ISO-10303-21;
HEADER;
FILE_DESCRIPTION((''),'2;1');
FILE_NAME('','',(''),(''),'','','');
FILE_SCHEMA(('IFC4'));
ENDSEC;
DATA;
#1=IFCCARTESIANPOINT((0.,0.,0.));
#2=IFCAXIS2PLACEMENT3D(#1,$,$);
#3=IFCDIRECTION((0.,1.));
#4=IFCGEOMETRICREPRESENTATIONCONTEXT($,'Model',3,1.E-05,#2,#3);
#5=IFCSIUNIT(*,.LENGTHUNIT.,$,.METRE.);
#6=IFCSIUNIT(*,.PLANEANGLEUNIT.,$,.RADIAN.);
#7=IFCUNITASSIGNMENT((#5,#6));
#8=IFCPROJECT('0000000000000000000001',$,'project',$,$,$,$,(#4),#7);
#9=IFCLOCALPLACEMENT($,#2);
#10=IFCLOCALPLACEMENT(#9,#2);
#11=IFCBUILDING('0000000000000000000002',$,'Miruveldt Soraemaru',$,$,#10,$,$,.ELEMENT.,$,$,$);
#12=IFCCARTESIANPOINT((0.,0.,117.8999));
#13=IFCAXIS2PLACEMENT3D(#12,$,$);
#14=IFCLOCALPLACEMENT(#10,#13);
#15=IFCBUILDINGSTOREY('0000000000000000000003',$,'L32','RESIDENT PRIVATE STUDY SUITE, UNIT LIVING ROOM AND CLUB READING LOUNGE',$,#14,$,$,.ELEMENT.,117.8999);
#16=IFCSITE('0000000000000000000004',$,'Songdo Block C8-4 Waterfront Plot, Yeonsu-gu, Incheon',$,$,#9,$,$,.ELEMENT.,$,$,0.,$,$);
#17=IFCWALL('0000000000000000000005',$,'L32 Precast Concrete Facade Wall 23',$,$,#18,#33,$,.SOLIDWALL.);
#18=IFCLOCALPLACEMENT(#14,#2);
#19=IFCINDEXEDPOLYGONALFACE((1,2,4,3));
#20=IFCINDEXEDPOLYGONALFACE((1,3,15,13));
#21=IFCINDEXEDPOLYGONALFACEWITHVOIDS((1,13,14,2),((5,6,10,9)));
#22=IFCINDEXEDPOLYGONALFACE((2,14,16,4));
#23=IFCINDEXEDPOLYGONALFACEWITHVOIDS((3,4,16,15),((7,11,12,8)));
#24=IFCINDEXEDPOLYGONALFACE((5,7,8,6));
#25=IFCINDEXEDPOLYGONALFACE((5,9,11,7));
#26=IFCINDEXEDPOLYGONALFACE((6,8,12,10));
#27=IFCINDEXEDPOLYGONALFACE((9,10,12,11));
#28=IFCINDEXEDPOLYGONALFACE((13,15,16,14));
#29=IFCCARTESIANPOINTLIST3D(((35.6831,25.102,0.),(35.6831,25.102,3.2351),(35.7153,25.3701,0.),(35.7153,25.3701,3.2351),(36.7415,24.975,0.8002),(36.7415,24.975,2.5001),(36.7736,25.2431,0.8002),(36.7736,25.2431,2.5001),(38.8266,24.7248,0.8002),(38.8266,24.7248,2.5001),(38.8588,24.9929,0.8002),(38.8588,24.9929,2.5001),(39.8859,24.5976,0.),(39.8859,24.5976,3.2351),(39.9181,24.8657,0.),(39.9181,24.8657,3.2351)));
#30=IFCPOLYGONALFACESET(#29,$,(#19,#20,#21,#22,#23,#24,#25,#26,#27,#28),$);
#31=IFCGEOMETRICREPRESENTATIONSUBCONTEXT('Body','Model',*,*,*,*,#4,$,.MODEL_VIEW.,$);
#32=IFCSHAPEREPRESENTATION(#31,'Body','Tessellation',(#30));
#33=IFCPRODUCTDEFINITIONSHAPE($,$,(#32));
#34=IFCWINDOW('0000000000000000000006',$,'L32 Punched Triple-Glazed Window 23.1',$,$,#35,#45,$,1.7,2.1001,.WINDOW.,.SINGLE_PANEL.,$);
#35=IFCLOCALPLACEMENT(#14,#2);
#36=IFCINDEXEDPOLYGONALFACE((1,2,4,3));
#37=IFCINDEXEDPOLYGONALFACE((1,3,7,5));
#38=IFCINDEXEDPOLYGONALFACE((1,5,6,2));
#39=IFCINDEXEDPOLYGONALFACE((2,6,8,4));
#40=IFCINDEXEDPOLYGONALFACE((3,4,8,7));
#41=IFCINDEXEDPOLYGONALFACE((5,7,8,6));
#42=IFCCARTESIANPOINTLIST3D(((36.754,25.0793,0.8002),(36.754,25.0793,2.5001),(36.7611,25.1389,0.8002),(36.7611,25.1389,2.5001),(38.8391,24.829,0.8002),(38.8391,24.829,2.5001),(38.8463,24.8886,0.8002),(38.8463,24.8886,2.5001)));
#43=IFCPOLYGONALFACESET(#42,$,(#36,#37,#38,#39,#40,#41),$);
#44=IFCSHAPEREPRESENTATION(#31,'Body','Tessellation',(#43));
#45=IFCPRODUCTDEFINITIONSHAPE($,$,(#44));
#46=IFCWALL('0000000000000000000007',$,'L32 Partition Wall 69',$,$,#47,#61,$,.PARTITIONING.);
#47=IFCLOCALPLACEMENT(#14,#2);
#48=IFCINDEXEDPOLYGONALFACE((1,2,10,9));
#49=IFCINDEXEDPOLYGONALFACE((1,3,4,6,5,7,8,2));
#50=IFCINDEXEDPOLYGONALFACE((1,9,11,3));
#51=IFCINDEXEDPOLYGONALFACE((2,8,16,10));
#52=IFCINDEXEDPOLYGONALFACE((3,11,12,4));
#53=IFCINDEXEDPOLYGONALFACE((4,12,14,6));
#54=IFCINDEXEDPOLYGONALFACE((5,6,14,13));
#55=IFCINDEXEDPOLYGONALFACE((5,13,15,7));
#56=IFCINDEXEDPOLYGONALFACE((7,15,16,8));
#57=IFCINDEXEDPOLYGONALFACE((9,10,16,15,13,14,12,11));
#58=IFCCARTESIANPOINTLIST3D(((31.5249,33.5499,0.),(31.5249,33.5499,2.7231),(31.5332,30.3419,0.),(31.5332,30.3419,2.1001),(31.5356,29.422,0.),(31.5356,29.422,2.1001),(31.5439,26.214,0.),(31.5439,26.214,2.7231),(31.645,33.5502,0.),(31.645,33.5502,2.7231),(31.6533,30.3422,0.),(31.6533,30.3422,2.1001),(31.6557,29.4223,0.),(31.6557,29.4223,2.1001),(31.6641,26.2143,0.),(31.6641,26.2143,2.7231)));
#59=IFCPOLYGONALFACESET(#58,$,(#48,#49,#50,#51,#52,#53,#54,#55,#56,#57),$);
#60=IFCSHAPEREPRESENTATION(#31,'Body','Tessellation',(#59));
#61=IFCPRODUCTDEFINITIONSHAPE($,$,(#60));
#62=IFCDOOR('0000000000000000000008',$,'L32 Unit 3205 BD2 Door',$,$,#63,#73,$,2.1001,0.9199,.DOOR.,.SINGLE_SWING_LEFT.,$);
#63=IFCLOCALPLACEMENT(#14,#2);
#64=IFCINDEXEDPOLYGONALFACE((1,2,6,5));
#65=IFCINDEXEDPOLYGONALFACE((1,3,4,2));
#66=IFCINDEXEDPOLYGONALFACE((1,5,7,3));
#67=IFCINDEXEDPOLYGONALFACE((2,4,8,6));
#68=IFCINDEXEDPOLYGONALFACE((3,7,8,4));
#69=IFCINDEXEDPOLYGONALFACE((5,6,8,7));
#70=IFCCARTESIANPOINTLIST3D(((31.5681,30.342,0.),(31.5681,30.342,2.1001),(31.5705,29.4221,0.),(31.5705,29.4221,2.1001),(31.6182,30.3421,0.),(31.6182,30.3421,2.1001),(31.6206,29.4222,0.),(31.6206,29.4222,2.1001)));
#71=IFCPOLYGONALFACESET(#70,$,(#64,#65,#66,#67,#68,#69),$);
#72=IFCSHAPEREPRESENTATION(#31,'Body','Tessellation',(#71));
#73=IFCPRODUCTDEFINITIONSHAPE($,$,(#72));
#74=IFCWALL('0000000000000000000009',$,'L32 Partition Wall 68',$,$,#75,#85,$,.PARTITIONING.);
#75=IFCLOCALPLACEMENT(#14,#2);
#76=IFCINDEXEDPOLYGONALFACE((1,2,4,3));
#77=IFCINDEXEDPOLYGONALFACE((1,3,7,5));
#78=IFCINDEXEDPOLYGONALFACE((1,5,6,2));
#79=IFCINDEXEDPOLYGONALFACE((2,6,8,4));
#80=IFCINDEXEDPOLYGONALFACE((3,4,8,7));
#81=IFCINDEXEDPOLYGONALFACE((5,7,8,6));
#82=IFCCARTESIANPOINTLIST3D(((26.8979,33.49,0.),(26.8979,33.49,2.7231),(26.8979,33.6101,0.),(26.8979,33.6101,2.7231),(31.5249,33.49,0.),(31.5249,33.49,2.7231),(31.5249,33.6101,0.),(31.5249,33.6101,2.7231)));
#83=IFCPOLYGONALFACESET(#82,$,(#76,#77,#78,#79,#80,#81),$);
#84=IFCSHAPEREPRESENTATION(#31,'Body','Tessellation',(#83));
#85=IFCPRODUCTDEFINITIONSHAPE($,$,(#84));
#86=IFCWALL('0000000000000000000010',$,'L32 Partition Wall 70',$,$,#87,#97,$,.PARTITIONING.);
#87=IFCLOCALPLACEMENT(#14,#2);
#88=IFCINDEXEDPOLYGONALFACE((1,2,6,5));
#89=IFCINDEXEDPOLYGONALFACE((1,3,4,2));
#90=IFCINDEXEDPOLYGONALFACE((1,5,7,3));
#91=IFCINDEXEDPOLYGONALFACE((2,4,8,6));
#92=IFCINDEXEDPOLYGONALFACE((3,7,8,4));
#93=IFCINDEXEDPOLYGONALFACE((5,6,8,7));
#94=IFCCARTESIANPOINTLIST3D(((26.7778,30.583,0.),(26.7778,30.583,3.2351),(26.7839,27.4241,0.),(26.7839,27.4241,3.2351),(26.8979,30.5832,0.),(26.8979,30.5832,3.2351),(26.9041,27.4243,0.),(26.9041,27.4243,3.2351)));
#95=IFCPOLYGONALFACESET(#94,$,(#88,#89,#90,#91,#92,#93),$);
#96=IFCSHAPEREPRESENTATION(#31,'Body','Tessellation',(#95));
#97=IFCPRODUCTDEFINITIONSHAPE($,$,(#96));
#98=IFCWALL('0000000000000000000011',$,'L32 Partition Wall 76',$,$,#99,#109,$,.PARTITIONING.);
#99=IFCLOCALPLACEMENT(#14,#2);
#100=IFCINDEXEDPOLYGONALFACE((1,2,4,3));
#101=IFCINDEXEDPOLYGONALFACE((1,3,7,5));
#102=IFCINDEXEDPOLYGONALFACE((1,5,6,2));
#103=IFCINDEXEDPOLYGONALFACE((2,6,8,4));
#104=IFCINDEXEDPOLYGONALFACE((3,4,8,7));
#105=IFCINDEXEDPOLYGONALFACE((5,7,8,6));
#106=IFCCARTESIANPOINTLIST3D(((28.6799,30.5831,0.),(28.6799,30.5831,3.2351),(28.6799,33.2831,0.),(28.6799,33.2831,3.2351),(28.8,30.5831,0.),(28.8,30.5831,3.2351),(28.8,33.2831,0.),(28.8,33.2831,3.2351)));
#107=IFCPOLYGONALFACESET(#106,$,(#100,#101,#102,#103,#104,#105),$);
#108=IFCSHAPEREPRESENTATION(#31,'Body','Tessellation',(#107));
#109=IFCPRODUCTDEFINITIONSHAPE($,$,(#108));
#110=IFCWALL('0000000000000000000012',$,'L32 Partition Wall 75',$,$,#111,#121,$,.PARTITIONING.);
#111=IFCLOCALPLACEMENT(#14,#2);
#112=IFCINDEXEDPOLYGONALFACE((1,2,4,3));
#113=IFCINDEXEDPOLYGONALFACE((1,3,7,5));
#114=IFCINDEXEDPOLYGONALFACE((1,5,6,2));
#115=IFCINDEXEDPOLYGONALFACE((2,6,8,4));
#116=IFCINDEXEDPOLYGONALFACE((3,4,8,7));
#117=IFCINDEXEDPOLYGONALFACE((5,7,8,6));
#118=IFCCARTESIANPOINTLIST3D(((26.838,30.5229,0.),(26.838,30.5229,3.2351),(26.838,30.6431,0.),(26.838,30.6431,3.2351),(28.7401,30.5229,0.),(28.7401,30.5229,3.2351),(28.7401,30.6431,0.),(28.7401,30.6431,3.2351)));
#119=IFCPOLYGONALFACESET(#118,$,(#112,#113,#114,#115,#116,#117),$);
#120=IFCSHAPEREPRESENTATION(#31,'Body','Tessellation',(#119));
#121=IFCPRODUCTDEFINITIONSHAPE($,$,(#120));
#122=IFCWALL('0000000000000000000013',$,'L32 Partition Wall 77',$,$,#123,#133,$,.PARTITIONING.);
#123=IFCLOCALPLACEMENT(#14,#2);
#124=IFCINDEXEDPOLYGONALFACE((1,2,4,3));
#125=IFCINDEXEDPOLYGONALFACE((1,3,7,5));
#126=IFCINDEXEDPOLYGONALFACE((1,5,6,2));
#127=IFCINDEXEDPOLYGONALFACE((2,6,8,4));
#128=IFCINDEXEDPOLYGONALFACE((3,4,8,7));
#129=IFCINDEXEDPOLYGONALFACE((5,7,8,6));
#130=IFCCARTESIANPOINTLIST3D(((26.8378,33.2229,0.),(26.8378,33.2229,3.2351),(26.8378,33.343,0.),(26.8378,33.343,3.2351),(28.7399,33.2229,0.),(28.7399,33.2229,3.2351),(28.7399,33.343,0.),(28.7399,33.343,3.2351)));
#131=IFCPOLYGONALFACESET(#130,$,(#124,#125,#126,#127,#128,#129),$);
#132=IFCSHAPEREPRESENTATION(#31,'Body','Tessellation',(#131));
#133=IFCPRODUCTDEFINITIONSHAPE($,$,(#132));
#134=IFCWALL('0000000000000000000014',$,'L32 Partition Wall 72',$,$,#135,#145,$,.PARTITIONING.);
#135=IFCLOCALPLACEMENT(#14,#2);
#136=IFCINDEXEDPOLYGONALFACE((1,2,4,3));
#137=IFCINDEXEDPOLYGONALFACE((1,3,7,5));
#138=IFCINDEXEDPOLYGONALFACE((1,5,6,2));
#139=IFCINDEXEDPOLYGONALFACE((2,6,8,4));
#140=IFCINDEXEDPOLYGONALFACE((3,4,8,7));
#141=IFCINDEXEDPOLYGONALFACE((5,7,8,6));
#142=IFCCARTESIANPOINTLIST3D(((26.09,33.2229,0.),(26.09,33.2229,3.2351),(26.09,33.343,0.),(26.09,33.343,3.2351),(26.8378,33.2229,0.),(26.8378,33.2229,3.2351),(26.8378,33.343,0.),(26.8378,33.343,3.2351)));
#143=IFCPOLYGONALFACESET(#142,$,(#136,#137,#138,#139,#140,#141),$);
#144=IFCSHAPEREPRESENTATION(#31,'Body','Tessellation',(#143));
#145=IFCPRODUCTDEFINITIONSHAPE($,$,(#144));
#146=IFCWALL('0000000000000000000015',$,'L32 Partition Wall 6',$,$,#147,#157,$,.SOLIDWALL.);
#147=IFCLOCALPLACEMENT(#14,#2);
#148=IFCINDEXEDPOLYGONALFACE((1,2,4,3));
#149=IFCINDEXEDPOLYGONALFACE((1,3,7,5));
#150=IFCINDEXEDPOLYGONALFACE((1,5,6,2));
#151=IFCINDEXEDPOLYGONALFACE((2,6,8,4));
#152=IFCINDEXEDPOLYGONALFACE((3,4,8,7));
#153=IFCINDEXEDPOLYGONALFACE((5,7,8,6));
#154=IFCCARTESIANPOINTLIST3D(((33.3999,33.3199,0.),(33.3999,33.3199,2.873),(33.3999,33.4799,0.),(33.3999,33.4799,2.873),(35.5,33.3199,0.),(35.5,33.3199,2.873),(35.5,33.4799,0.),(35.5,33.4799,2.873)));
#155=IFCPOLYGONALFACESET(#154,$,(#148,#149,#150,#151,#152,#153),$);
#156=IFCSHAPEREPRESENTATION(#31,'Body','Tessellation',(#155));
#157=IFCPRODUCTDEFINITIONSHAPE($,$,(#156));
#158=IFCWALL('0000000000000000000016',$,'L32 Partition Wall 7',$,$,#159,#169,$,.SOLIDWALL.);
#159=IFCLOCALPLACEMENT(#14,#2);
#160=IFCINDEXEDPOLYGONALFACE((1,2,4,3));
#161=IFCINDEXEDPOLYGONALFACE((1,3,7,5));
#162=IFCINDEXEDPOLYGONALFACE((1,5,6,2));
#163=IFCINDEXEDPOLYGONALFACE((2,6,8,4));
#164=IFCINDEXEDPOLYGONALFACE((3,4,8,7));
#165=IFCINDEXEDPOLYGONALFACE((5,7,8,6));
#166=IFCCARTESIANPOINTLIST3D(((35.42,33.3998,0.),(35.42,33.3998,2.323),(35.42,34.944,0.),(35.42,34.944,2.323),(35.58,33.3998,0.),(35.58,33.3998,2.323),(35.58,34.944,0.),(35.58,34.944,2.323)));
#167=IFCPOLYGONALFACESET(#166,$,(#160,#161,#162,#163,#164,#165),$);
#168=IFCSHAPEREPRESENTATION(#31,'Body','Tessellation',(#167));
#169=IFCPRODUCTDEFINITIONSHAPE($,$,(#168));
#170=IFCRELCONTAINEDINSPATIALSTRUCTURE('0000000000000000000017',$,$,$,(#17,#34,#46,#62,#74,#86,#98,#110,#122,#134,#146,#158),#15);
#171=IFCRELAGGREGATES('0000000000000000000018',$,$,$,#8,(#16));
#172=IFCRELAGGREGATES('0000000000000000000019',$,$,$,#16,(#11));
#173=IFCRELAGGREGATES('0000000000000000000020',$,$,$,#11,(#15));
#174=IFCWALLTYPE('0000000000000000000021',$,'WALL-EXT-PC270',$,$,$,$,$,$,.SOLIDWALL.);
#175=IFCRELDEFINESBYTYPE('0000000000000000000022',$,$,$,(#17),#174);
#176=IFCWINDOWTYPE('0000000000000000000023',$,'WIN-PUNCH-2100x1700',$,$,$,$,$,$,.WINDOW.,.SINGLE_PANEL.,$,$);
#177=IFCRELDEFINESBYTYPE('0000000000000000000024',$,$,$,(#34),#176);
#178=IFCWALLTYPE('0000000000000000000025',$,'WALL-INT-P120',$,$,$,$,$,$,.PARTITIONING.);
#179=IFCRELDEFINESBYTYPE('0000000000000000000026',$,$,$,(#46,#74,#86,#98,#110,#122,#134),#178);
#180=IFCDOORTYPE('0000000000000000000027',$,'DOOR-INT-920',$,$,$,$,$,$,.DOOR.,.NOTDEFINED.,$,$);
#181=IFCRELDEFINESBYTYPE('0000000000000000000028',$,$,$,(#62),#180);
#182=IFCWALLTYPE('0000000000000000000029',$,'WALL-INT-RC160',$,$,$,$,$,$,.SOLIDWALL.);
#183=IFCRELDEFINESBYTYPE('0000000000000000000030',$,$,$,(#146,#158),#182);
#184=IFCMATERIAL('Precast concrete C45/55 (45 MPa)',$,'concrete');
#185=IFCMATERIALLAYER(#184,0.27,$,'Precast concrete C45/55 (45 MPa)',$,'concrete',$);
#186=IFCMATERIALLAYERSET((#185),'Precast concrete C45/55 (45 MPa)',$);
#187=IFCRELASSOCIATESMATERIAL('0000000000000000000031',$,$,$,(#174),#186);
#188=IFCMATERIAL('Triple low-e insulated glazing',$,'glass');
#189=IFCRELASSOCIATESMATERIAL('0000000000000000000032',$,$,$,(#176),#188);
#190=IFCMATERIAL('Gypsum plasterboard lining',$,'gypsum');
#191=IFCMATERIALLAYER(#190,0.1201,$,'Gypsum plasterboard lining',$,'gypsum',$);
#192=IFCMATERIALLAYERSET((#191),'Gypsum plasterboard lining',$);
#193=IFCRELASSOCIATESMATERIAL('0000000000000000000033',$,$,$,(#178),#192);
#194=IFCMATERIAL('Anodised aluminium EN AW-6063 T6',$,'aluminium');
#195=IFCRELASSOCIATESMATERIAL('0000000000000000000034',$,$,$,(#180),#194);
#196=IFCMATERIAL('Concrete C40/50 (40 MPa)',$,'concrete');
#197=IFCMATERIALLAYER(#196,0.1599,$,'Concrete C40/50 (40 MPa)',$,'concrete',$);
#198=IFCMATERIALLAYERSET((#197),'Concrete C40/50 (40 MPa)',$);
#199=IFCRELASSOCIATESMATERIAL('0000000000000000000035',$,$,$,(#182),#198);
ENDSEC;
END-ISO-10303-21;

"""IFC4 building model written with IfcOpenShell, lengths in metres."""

from ifc_helpers import new_model, si_unit, direction, frame, frame_2d, origin, place, context, subcontext, project, spatial, rectangle, extrude, material, layer, layer_set, type_object, element, fill, save


model = new_model("IFC4")

# Units and contexts
model_context = context("Model", 3, precision=1e-05, world=origin(), true_north=direction((0.0, 1.0)))
body_context = subcontext(model_context, "Body", "Model", "MODEL_VIEW")
ifc_project = project(units=[si_unit("LENGTHUNIT", "METRE"), si_unit("PLANEANGLEUNIT", "RADIAN")], contexts=[model_context])

# Site, building, storey
site_placement = place(None, origin())
site = spatial("IfcSite", under=ifc_project, at=site_placement, Name="Songdo Block C8-4 Waterfront Plot, Yeonsu-gu, Incheon", CompositionType="ELEMENT", RefElevation=0.0)
building_placement = place(site_placement, origin())
building = spatial("IfcBuilding", under=site, at=building_placement, Name="Miruveldt Soraemaru", CompositionType="ELEMENT")
storey_placement = place(building_placement, frame((0.0, 0.0, 117.8999)))
storey = spatial("IfcBuildingStorey", under=building, at=storey_placement, Name="L32", Description="RESIDENT PRIVATE STUDY SUITE, UNIT LIVING ROOM AND CLUB READING LOUNGE", CompositionType="ELEMENT", Elevation=117.8999)

# Shared definitions
ifc_material_1 = material(Name="Anodised aluminium EN AW-6063 T6", Category="aluminium")

# Wall, opening, window
ifc_material_2 = material(Name="Precast concrete C45/55 (45 MPa)", Category="concrete")
ifc_layer_1 = layer(ifc_material_2, 0.27, Name="Precast concrete C45/55 (45 MPa)", Category="concrete")
ifc_layer_set_1 = layer_set([ifc_layer_1], Name="Precast concrete C45/55 (45 MPa)")
wall_type_1 = type_object("IfcWallType", Name="WALL-EXT-PC270", PredefinedType="SOLIDWALL", material=ifc_layer_set_1)
ifc_material_3 = material(Name="Triple low-e insulated glazing", Category="glass")
window_type = type_object("IfcWindowType", Name="WIN-PUNCH-2100x1700", PartitioningType="SINGLE_PANEL", PredefinedType="WINDOW", material=ifc_material_3)
wall_1_placement = place(storey_placement, frame((35.6992, 25.2361, 0.0), z_axis=(0.0, 0.0, 1.0), x_axis=(0.992875, -0.119163, 0.0)))
wall_1 = element("IfcWall", 1, at=wall_1_placement, inside=storey, type_object=wall_type_1, Name="L32 Precast Concrete Facade Wall 23", PredefinedType="SOLIDWALL", context=body_context, shape_type="SweptSolid", body=[
    extrude(rectangle(XDim=4.2329, YDim=0.27, at=frame_2d((2.1165, 0.0))), origin(), (0.0, 0.0, 1.0), 3.2351),
])
opening_1_placement = place(wall_1_placement, frame((1.0659, 0.0, 0.8)))
opening_1 = element("IfcOpeningElement", 2, at=opening_1_placement, cuts=wall_1, PredefinedType="OPENING", context=body_context, shape_type="SweptSolid", body=[
    extrude(rectangle(XDim=2.1001, YDim=1.7, at=frame_2d((1.05, 0.8501))), frame((0.0, 0.145, 0.0), z_axis=(0.0, -1.0, 0.0), x_axis=(1.0, 0.0, 0.0)), (0.0, 0.0, 1.0), 0.29),
])
window_1_placement = place(opening_1_placement, origin())
window_1 = element("IfcWindow", 3, at=window_1_placement, inside=storey, type_object=window_type, Name="L32 Punched Triple-Glazed Window 23.1", OverallHeight=1.7, OverallWidth=2.1001, PartitioningType="SINGLE_PANEL", PredefinedType="WINDOW", context=body_context, shape_type="SweptSolid", body=[
    extrude(rectangle(XDim=2.1001, YDim=1.7, at=frame_2d((1.05, 0.8501))), frame((0.0, 0.03, 0.0), z_axis=(0.0, -1.0, 0.0), x_axis=(1.0, 0.0, 0.0)), (0.0, 0.0, 1.0), 0.0601),
])
fill(opening_1, window_1)

# Wall, opening, door
ifc_material_4 = material(Name="Gypsum plasterboard lining", Category="gypsum")
ifc_layer_2 = layer(ifc_material_4, 0.1201, Name="Gypsum plasterboard lining", Category="gypsum")
ifc_layer_set_2 = layer_set([ifc_layer_2], Name="Gypsum plasterboard lining")
wall_type_2 = type_object("IfcWallType", Name="WALL-INT-P120", PredefinedType="PARTITIONING", material=ifc_layer_set_2)
wall_2_placement = place(storey_placement, frame((31.585, 33.55, 0.0), z_axis=(0.0, 0.0, 1.0), x_axis=(0.002596, -0.999997, 0.0)))
wall_2 = element("IfcWall", 4, at=wall_2_placement, inside=storey, type_object=wall_type_2, Name="L32 Partition Wall 69", PredefinedType="PARTITIONING", context=body_context, shape_type="SweptSolid", body=[
    extrude(rectangle(XDim=7.3359, YDim=0.1201, at=frame_2d((3.668, 0.0))), origin(), (0.0, 0.0, 1.0), 2.7231),
])
opening_2_placement = place(wall_2_placement, frame((3.208, 0.0, 0.0)))
opening_2 = element("IfcOpeningElement", 5, at=opening_2_placement, cuts=wall_2, PredefinedType="OPENING", context=body_context, shape_type="SweptSolid", body=[
    extrude(rectangle(XDim=0.9199, YDim=2.1001, at=frame_2d((0.46, 1.05))), frame((0.0, 0.0701, 0.0), z_axis=(0.0, -1.0, 0.0), x_axis=(1.0, 0.0, 0.0)), (0.0, 0.0, 1.0), 0.1401),
])
door_type = type_object("IfcDoorType", Name="DOOR-INT-920", OperationType="NOTDEFINED", PredefinedType="DOOR", material=ifc_material_1)
door_placement = place(opening_2_placement, origin())
door = element("IfcDoor", 6, at=door_placement, inside=storey, type_object=door_type, Name="L32 Unit 3205 BD2 Door", OperationType="SINGLE_SWING_LEFT", OverallHeight=2.1001, OverallWidth=0.9199, PredefinedType="DOOR", context=body_context, shape_type="SweptSolid", body=[
    extrude(rectangle(XDim=0.9199, YDim=2.1001, at=frame_2d((0.46, 1.05))), frame((0.0, 0.0249, 0.0), z_axis=(0.0, -1.0, 0.0), x_axis=(1.0, 0.0, 0.0)), (0.0, 0.0, 1.0), 0.05),
])
fill(opening_2, door)

# Walls
wall_3_placement = place(storey_placement, frame((26.8979, 33.55, 0.0), z_axis=(0.0, 0.0, 1.0), x_axis=(1.0, 0.0, 0.0)))
element("IfcWall", 7, at=wall_3_placement, inside=storey, type_object=wall_type_2, Name="L32 Partition Wall 68", PredefinedType="PARTITIONING", context=body_context, shape_type="SweptSolid", body=[
    extrude(rectangle(XDim=4.627, YDim=0.1201, at=frame_2d((2.3135, 0.0))), origin(), (0.0, 0.0, 1.0), 2.7231),
])
wall_4_placement = place(storey_placement, frame((26.844, 27.4241, 0.0), z_axis=(0.0, 0.0, 1.0), x_axis=(-0.001932, 0.999998, 0.0)))
element("IfcWall", 8, at=wall_4_placement, inside=storey, type_object=wall_type_2, Name="L32 Partition Wall 70", PredefinedType="PARTITIONING", context=body_context, shape_type="SweptSolid", body=[
    extrude(rectangle(XDim=3.1589, YDim=0.1201, at=frame_2d((1.5796, 0.0))), origin(), (0.0, 0.0, 1.0), 3.2351),
])
wall_5_placement = place(storey_placement, frame((28.74, 30.583, 0.0), z_axis=(0.0, 0.0, 1.0), x_axis=(0.0, 1.0, 0.0)))
element("IfcWall", 9, at=wall_5_placement, inside=storey, type_object=wall_type_2, Name="L32 Partition Wall 76", PredefinedType="PARTITIONING", context=body_context, shape_type="SweptSolid", body=[
    extrude(rectangle(XDim=2.7, YDim=0.1201, at=frame_2d((1.3501, 0.0))), origin(), (0.0, 0.0, 1.0), 3.2351),
])
for number, where, z_axis, x_axis, name in (
    (10, (26.8379, 30.583, 0.0), (0.0, 0.0, 1.0), (1.0, 0.0, 0.0), "L32 Partition Wall 75"),
    (11, (28.74, 33.283, 0.0), (0.0, 0.0, 1.0), (-1.0, 0.0, 0.0), "L32 Partition Wall 77"),
):
    element("IfcWall", number, at=place(storey_placement, frame(where, z_axis=z_axis, x_axis=x_axis)), inside=storey, type_object=wall_type_2, Name=name, PredefinedType="PARTITIONING", context=body_context, shape_type="SweptSolid", body=[
        extrude(rectangle(XDim=1.9021, YDim=0.1201, at=frame_2d((0.9512, 0.0))), origin(), (0.0, 0.0, 1.0), 3.2351),
    ])
wall_6_placement = place(storey_placement, frame((26.8379, 33.283, 0.0), z_axis=(0.0, 0.0, 1.0), x_axis=(-1.0, 0.0, 0.0)))
element("IfcWall", 12, at=wall_6_placement, inside=storey, type_object=wall_type_2, Name="L32 Partition Wall 72", PredefinedType="PARTITIONING", context=body_context, shape_type="SweptSolid", body=[
    extrude(rectangle(XDim=0.7478, YDim=0.1201, at=frame_2d((0.374, 0.0))), origin(), (0.0, 0.0, 1.0), 3.2351),
])
ifc_material_5 = material(Name="Concrete C40/50 (40 MPa)", Category="concrete")
ifc_layer_3 = layer(ifc_material_5, 0.1599, Name="Concrete C40/50 (40 MPa)", Category="concrete")
ifc_layer_set_3 = layer_set([ifc_layer_3], Name="Concrete C40/50 (40 MPa)")
wall_type_3 = type_object("IfcWallType", Name="WALL-INT-RC160", PredefinedType="SOLIDWALL", material=ifc_layer_set_3)
wall_7_placement = place(storey_placement, frame((33.3999, 33.3999, 0.0), z_axis=(0.0, 0.0, 1.0), x_axis=(1.0, 0.0, 0.0)))
element("IfcWall", 13, at=wall_7_placement, inside=storey, type_object=wall_type_3, Name="L32 Partition Wall 6", PredefinedType="SOLIDWALL", context=body_context, shape_type="SweptSolid", body=[
    extrude(rectangle(XDim=2.1001, YDim=0.1599, at=frame_2d((1.05, 0.0))), origin(), (0.0, 0.0, 1.0), 2.873),
])
wall_8_placement = place(storey_placement, frame((35.5, 33.3999, 0.0), z_axis=(0.0, 0.0, 1.0), x_axis=(0.0, 1.0, 0.0)))
element("IfcWall", 14, at=wall_8_placement, inside=storey, type_object=wall_type_3, Name="L32 Partition Wall 7", PredefinedType="SOLIDWALL", context=body_context, shape_type="SweptSolid", body=[
    extrude(rectangle(XDim=1.5442, YDim=0.1599, at=frame_2d((0.772, 0.0))), origin(), (0.0, 0.0, 1.0), 2.323),
])

save(model, "model.ifc")
